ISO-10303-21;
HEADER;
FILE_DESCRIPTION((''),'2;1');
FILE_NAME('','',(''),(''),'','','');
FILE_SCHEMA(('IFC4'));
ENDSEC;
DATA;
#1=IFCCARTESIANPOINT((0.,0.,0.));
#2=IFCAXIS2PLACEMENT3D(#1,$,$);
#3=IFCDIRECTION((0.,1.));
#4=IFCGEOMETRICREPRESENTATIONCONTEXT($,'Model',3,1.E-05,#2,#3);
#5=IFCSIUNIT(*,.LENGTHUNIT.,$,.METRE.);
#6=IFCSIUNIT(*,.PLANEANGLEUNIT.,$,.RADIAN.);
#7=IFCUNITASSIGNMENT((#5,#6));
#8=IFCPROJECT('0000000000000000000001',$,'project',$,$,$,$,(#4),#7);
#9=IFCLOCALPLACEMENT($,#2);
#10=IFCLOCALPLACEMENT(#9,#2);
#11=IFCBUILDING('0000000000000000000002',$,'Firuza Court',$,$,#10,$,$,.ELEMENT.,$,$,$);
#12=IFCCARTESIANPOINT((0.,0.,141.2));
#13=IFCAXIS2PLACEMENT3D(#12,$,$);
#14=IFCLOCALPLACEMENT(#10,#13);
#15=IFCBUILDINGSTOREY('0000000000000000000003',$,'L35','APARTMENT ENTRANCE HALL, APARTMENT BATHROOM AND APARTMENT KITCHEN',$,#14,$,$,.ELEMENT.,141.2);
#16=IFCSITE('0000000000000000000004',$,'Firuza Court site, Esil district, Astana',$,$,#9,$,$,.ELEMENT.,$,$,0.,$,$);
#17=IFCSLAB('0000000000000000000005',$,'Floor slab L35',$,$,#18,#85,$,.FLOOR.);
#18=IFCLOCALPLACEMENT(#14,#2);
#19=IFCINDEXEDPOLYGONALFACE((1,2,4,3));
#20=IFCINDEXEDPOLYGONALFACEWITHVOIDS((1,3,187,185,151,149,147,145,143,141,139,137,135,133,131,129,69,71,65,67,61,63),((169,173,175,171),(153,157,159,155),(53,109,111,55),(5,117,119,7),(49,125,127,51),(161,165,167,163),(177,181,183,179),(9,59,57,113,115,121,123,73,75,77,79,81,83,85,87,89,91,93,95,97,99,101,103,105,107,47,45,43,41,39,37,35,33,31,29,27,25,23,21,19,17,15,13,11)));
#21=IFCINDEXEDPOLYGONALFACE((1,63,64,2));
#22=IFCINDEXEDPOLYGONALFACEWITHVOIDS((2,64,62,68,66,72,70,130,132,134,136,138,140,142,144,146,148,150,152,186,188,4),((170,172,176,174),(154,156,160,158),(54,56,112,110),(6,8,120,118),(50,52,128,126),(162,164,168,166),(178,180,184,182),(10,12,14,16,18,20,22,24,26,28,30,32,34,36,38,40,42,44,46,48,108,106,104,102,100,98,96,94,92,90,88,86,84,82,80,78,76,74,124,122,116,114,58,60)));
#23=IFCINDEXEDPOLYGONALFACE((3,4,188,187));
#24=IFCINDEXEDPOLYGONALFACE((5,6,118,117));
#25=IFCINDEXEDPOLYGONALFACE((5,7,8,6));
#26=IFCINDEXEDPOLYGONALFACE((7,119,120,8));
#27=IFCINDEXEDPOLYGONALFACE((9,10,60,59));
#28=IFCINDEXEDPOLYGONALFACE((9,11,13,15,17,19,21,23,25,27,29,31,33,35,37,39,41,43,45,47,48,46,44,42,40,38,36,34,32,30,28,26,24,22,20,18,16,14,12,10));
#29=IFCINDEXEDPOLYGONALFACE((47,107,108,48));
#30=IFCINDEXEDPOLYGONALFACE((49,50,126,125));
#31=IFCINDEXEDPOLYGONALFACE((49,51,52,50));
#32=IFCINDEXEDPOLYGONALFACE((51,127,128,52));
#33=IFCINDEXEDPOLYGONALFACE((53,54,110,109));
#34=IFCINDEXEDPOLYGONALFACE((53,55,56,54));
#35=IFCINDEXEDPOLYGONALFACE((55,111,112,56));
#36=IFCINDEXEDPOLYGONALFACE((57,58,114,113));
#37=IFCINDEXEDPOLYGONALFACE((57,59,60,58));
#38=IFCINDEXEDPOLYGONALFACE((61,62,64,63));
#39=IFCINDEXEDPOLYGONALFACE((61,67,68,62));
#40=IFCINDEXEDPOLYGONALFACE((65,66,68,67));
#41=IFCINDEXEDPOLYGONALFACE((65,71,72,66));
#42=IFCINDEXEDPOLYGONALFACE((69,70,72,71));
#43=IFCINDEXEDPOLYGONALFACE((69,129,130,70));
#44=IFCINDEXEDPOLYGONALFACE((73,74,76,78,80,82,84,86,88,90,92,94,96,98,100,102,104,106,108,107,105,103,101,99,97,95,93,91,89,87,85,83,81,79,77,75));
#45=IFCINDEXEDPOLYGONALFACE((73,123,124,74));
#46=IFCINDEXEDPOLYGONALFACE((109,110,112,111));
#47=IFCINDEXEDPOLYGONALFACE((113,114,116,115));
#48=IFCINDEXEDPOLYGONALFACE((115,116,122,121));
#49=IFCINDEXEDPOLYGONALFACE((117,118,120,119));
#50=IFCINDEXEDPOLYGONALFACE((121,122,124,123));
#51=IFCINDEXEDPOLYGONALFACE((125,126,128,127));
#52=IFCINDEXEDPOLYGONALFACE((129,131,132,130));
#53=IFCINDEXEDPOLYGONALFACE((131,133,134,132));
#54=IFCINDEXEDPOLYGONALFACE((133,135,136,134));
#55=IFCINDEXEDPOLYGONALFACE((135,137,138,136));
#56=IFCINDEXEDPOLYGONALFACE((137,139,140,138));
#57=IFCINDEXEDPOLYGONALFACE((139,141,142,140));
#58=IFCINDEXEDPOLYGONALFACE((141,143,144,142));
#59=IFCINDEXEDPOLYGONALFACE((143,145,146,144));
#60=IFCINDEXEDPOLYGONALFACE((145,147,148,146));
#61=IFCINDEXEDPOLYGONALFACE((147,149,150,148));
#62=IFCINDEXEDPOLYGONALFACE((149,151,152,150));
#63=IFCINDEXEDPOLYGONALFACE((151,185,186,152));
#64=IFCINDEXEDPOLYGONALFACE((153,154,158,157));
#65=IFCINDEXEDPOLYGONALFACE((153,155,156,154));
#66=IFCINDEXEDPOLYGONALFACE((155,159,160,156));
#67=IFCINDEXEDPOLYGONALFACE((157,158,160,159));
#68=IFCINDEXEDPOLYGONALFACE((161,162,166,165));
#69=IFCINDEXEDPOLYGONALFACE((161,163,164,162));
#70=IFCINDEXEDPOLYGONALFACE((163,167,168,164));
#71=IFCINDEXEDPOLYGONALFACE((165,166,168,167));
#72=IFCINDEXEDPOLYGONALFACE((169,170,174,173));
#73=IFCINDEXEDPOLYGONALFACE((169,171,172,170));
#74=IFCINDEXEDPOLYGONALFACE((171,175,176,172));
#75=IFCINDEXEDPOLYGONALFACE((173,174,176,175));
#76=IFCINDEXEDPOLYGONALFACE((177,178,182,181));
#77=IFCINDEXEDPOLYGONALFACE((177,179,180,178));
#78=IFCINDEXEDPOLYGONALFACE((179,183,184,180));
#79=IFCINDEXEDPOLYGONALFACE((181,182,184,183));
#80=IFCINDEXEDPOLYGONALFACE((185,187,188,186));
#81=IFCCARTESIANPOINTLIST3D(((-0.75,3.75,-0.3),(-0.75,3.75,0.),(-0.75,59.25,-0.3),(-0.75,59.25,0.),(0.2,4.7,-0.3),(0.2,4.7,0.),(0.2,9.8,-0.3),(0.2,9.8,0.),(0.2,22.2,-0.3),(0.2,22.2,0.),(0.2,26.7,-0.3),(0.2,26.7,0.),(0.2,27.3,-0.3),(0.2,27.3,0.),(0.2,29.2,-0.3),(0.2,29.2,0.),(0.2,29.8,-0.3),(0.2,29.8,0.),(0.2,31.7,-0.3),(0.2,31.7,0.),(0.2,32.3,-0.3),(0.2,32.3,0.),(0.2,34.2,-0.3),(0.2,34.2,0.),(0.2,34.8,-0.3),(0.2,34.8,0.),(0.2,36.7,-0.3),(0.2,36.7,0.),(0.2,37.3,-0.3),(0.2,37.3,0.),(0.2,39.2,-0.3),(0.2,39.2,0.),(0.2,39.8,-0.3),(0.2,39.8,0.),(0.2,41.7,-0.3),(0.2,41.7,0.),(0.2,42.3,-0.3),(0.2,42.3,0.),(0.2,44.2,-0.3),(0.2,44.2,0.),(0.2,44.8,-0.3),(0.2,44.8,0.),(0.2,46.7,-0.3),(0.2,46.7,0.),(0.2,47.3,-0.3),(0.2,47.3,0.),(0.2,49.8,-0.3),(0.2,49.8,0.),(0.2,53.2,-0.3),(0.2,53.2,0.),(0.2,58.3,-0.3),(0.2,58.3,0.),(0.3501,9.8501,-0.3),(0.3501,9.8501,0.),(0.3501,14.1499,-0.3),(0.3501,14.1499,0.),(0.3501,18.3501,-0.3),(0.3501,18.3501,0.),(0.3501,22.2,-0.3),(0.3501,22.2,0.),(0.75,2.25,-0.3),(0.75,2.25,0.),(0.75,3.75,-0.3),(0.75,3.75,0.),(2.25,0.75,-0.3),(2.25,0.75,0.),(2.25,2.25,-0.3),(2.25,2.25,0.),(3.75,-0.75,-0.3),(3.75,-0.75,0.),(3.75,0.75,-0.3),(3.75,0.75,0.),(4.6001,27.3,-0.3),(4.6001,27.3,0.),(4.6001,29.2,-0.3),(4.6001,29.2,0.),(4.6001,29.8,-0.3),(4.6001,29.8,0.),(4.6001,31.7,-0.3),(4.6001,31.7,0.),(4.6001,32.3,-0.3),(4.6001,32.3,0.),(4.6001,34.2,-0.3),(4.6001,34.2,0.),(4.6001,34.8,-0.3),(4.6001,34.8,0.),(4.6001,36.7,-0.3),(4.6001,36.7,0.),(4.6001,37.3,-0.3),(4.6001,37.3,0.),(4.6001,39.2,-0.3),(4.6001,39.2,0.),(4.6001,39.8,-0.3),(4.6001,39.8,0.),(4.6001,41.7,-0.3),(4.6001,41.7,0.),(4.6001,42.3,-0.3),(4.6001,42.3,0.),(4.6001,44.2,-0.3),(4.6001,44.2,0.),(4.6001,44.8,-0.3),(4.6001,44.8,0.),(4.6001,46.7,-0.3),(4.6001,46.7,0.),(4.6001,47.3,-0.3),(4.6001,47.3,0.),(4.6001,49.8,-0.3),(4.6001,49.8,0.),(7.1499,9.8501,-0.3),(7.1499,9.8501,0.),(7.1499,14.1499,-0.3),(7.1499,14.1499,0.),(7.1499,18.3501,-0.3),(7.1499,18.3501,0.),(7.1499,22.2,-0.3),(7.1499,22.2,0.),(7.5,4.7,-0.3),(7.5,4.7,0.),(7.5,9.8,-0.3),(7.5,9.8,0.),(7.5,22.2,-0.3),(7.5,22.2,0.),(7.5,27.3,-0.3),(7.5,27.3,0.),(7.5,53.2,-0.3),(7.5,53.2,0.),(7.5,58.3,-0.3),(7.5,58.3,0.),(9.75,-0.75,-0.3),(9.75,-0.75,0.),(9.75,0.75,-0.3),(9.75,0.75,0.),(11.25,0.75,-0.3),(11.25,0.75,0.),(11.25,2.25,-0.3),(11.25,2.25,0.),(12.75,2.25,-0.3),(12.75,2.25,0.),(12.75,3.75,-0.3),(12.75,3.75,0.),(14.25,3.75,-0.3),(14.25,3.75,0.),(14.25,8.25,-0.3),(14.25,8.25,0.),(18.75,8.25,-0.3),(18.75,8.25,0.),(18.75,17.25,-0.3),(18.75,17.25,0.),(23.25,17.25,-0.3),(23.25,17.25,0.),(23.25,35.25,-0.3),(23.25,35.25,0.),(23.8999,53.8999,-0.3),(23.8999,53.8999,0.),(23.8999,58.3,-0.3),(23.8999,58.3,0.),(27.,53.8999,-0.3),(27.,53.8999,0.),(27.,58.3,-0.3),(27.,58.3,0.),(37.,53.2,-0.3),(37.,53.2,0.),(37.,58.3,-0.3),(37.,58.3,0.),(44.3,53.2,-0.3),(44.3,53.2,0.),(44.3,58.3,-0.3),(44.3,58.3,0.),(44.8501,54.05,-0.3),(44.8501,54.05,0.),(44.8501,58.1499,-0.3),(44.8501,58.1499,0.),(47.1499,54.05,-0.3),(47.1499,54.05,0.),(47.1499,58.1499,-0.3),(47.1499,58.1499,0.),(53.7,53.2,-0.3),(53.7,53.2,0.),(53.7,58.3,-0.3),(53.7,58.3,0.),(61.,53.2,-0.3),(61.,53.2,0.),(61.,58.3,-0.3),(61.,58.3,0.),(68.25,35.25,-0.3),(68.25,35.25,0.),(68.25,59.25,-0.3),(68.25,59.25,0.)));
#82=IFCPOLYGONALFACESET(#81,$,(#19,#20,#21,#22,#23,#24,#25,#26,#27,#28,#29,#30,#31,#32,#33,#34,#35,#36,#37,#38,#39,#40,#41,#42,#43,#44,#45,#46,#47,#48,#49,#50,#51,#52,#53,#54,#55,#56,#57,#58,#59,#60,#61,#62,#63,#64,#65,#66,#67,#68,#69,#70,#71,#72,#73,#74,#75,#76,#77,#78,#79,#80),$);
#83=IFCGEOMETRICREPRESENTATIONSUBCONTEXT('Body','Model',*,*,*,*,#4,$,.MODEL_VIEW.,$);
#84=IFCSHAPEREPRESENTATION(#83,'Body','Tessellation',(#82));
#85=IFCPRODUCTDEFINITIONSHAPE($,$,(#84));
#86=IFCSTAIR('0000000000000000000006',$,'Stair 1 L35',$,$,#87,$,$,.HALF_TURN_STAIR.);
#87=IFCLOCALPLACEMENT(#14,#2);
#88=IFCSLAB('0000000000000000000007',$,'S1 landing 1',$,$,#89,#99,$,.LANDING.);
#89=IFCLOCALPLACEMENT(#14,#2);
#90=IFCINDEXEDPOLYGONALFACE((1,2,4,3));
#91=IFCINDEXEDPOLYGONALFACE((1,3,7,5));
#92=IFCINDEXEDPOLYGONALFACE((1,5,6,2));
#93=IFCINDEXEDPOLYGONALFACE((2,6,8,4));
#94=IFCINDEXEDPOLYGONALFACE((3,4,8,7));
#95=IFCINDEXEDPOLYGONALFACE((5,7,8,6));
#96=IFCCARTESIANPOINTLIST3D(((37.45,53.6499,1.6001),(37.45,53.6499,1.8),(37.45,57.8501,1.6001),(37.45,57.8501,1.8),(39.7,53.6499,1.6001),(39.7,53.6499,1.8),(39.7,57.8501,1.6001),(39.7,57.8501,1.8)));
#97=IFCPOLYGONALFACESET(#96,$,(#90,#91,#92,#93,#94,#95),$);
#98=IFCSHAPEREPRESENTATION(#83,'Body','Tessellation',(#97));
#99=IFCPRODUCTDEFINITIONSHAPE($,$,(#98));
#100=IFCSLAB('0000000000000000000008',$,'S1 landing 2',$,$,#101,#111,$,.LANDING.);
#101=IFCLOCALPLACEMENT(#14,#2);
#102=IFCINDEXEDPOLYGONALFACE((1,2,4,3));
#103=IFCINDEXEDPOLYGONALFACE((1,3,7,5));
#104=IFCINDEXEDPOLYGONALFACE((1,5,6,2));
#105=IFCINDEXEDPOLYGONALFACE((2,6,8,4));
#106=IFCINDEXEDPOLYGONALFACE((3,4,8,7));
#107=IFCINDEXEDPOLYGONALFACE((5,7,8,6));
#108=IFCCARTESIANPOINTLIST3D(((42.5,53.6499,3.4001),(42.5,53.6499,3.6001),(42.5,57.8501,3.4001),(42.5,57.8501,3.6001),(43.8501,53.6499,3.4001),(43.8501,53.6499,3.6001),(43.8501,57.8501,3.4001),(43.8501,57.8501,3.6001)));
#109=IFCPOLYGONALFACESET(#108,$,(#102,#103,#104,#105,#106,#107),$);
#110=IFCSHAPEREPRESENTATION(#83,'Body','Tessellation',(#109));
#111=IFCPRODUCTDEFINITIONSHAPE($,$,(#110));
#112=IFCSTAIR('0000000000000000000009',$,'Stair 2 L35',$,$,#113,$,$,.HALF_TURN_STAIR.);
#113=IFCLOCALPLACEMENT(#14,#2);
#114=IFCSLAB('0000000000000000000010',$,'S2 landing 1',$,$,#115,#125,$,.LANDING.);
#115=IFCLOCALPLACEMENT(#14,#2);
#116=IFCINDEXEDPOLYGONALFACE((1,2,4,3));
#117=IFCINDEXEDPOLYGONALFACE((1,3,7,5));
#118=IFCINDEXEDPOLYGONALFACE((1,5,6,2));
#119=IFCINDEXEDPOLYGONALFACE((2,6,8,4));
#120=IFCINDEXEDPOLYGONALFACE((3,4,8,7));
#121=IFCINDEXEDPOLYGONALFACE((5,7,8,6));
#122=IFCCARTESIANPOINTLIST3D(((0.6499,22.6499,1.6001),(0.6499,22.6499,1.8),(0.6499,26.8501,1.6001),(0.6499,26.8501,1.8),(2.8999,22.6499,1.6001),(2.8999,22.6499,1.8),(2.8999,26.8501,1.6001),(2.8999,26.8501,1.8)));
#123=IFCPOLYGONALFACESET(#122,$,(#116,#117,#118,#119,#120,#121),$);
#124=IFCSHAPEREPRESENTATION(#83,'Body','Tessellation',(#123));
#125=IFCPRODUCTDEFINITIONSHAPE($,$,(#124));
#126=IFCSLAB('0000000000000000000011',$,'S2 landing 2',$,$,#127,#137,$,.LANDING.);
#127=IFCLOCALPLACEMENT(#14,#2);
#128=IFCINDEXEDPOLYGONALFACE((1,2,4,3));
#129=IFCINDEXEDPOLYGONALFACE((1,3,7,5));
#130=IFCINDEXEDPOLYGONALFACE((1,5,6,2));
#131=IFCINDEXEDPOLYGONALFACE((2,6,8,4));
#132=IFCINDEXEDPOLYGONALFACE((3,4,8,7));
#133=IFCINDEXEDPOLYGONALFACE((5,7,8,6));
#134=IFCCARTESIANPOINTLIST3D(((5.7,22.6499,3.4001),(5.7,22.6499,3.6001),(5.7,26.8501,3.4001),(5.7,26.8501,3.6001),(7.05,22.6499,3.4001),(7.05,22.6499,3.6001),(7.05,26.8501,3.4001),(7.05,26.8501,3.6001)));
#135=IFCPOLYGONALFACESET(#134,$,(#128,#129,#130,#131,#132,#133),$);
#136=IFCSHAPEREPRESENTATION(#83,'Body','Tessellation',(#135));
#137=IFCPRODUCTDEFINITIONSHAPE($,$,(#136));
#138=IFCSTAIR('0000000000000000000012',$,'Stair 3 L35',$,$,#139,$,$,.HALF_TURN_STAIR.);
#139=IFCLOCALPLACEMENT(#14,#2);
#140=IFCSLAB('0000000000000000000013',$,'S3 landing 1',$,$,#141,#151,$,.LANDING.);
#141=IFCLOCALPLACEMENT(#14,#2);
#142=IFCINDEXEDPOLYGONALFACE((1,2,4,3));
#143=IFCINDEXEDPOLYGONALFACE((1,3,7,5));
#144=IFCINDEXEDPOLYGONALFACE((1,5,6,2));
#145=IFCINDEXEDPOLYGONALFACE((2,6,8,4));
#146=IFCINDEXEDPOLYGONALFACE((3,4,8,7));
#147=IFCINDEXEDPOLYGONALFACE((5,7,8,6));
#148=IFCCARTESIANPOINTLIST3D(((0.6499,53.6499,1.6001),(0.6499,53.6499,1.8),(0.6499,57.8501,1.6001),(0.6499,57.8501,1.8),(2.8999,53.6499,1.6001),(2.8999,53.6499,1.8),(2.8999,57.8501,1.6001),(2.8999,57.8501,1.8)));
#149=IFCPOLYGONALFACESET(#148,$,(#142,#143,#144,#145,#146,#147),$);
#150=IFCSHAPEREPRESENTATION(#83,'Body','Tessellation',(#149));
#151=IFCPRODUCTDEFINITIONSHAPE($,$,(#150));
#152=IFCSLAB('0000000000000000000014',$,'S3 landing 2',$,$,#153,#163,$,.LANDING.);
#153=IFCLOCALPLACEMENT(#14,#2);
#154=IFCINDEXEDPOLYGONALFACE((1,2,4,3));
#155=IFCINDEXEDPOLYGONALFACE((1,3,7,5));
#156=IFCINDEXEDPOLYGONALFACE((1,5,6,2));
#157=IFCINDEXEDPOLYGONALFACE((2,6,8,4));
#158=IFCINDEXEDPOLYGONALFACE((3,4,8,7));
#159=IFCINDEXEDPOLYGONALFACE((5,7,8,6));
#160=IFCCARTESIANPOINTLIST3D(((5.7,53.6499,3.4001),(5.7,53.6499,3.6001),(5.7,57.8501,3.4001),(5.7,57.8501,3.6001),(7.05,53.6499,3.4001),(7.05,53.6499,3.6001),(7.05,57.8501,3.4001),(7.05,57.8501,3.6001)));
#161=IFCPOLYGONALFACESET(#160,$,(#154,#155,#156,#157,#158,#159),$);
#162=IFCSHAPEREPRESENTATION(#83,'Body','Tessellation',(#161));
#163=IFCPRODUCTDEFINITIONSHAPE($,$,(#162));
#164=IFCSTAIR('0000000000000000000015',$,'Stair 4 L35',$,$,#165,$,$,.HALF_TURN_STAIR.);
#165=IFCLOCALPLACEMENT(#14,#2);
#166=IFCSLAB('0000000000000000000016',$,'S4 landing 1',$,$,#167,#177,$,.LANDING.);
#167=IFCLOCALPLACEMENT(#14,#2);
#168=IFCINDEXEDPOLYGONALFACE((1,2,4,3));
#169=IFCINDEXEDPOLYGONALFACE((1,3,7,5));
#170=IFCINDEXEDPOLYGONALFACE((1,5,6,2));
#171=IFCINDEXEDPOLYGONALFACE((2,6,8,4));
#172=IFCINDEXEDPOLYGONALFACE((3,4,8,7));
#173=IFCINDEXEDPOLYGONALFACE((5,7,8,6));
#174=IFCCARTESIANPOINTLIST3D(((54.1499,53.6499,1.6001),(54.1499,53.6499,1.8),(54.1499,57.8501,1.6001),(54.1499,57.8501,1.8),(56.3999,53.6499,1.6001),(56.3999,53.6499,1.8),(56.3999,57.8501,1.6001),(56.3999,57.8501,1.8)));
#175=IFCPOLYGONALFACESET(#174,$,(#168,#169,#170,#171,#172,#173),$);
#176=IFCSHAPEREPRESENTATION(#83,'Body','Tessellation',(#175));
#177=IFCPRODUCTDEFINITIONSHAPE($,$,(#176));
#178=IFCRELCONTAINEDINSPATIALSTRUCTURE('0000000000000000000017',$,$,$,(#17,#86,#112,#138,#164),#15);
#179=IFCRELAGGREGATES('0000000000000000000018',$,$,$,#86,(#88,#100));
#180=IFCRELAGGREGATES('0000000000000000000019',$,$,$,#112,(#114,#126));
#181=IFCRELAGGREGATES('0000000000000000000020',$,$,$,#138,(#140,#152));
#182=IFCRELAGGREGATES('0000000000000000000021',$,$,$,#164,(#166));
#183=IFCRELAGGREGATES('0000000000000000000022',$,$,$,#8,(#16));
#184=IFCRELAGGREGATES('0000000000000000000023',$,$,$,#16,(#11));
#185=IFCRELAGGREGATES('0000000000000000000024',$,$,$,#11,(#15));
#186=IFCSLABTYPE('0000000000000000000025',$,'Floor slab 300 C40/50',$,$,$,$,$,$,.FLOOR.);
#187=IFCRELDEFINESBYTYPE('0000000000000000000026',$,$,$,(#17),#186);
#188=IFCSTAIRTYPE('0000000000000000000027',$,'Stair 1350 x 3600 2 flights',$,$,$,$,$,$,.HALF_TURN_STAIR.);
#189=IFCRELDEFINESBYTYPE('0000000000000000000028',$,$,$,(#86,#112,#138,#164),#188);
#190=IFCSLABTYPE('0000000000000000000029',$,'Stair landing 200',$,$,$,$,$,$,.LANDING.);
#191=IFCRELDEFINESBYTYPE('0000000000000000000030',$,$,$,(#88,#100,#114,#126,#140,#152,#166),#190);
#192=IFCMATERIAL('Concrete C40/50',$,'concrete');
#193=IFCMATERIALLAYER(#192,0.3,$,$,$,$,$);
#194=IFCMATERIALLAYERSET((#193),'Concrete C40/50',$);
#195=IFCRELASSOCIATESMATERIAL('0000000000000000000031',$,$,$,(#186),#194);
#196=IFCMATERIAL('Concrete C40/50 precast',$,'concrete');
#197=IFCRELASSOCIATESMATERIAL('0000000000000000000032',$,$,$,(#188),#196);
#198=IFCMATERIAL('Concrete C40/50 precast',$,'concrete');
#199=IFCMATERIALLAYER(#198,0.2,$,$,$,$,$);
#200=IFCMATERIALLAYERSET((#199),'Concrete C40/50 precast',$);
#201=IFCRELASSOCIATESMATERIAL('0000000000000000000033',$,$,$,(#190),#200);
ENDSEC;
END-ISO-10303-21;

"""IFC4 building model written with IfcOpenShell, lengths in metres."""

from ifc_helpers import new_model, si_unit, direction, frame, origin, place, context, subcontext, project, spatial, polyline, outline, extrude, material, layer, layer_set, type_object, element, aggregate, save


model = new_model("IFC4")

# Units and contexts
model_context = context("Model", 3, precision=1e-05, world=origin(), true_north=direction((0.0, 1.0)))
body_context = subcontext(model_context, "Body", "Model", "MODEL_VIEW")
ifc_project = project(units=[si_unit("LENGTHUNIT", "METRE"), si_unit("PLANEANGLEUNIT", "RADIAN")], contexts=[model_context])

# Site, building, storey
site_placement = place(None, origin())
site = spatial("IfcSite", under=ifc_project, at=site_placement, Name="Firuza Court site, Esil district, Astana", CompositionType="ELEMENT", RefElevation=0.0)
building_placement = place(site_placement, origin())
building = spatial("IfcBuilding", under=site, at=building_placement, Name="Firuza Court", CompositionType="ELEMENT")
storey_placement = place(building_placement, frame((0.0, 0.0, 141.2)))
storey = spatial("IfcBuildingStorey", under=building, at=storey_placement, Name="L35", Description="APARTMENT ENTRANCE HALL, APARTMENT BATHROOM AND APARTMENT KITCHEN", CompositionType="ELEMENT", Elevation=141.2)

# Slab
ifc_material_1 = material(Name="Concrete C40/50", Category="concrete")
ifc_layer_1 = layer(ifc_material_1, 0.3)
ifc_layer_set_1 = layer_set([ifc_layer_1], Name="Concrete C40/50")
slab_type_1 = type_object("IfcSlabType", Name="Floor slab 300 C40/50", PredefinedType="FLOOR", material=ifc_layer_set_1)
slab_1_placement = place(storey_placement, frame((0.0, 0.0, -0.3)))
element("IfcSlab", 1, at=slab_1_placement, inside=storey, type_object=slab_type_1, Name="Floor slab L35", PredefinedType="FLOOR", context=body_context, shape_type="SweptSolid", body=[
    extrude(outline(polyline([(3.75, -0.75), (3.75, 0.75), (2.25, 0.75), (2.25, 2.25), (0.75, 2.25), (0.75, 3.75), (-0.75, 3.75), (-0.75, 59.25), (68.25, 59.25), (68.25, 35.25), (23.25, 35.25), (23.25, 17.25), (18.75, 17.25), (18.75, 8.25), (14.25, 8.25), (14.25, 3.75), (12.75, 3.75), (12.75, 2.25), (11.25, 2.25), (11.25, 0.75), (9.75, 0.75), (9.75, -0.75), (3.75, -0.75)]), holes=[polyline([(0.2, 29.8), (0.2, 29.2), (0.2, 27.3), (0.2, 26.7), (0.2, 22.2), (0.3501, 22.2), (0.3501, 18.3501), (7.1499, 18.3501), (7.1499, 22.2), (7.5, 22.2), (7.5, 27.3), (4.6001, 27.3), (4.6001, 29.2), (4.6001, 29.8), (4.6001, 31.7), (4.6001, 32.3), (4.6001, 34.2), (4.6001, 34.8), (4.6001, 36.7), (4.6001, 37.3), (4.6001, 39.2), (4.6001, 39.8), (4.6001, 41.7), (4.6001, 42.3), (4.6001, 44.2), (4.6001, 44.8), (4.6001, 46.7), (4.6001, 47.3), (4.6001, 49.8), (0.2, 49.8), (0.2, 47.3), (0.2, 46.7), (0.2, 44.8), (0.2, 44.2), (0.2, 42.3), (0.2, 41.7), (0.2, 39.8), (0.2, 39.2), (0.2, 37.3), (0.2, 36.7), (0.2, 34.8), (0.2, 34.2), (0.2, 32.3), (0.2, 31.7), (0.2, 29.8)]), polyline([(7.5, 9.8), (0.2, 9.8), (0.2, 4.7), (7.5, 4.7), (7.5, 9.8)]), polyline([(7.1499, 14.1499), (0.3501, 14.1499), (0.3501, 9.8501), (7.1499, 9.8501), (7.1499, 14.1499)]), polyline([(7.5, 58.3), (0.2, 58.3), (0.2, 53.2), (7.5, 53.2), (7.5, 58.3)]), polyline([(44.3, 58.3), (37.0, 58.3), (37.0, 53.2), (44.3, 53.2), (44.3, 58.3)]), polyline([(61.0, 58.3), (53.7, 58.3), (53.7, 53.2), (61.0, 53.2), (61.0, 58.3)]), polyline([(27.0, 53.8999), (27.0, 58.3), (23.8999, 58.3), (23.8999, 53.8999), (27.0, 53.8999)]), polyline([(47.1499, 54.05), (47.1499, 58.1499), (44.8501, 58.1499), (44.8501, 54.05), (47.1499, 54.05)])]), origin(), (0.0, 0.0, 1.0), 0.3),
])

# Stairs, slabs
ifc_material_2 = material(Name="Concrete C40/50 precast", Category="concrete")
stair_type = type_object("IfcStairType", Name="Stair 1350 x 3600 2 flights", PredefinedType="HALF_TURN_STAIR", material=ifc_material_2)
stair_1_placement = place(storey_placement, origin())
stair_1 = element("IfcStair", 2, at=stair_1_placement, inside=storey, type_object=stair_type, Name="Stair 1 L35", PredefinedType="HALF_TURN_STAIR")
ifc_material_3 = material(Name="Concrete C40/50 precast", Category="concrete")
ifc_layer_2 = layer(ifc_material_3, 0.2)
ifc_layer_set_2 = layer_set([ifc_layer_2], Name="Concrete C40/50 precast")
slab_type_2 = type_object("IfcSlabType", Name="Stair landing 200", PredefinedType="LANDING", material=ifc_layer_set_2)
slab_2_placement = place(storey_placement, frame((0.0, 0.0, 1.6001)))
slab_2 = element("IfcSlab", 3, at=slab_2_placement, type_object=slab_type_2, Name="S1 landing 1", PredefinedType="LANDING", context=body_context, shape_type="SweptSolid", body=[
    extrude(outline(polyline([(39.7, 53.6499), (39.7, 57.8501), (37.45, 57.8501), (37.45, 53.6499), (39.7, 53.6499)])), origin(), (0.0, 0.0, 1.0), 0.2),
])
slab_3_placement = place(storey_placement, frame((0.0, 0.0, 3.4001)))
slab_3 = element("IfcSlab", 4, at=slab_3_placement, type_object=slab_type_2, Name="S1 landing 2", PredefinedType="LANDING", context=body_context, shape_type="SweptSolid", body=[
    extrude(outline(polyline([(43.8501, 53.6499), (43.8501, 57.8501), (42.5, 57.8501), (42.5, 53.6499), (43.8501, 53.6499)])), origin(), (0.0, 0.0, 1.0), 0.2),
])
aggregate(stair_1, [slab_2, slab_3])
stair_2_placement = place(storey_placement, origin())
stair_2 = element("IfcStair", 5, at=stair_2_placement, inside=storey, type_object=stair_type, Name="Stair 2 L35", PredefinedType="HALF_TURN_STAIR")
slab_4_placement = place(storey_placement, frame((0.0, 0.0, 1.6001)))
slab_4 = element("IfcSlab", 6, at=slab_4_placement, type_object=slab_type_2, Name="S2 landing 1", PredefinedType="LANDING", context=body_context, shape_type="SweptSolid", body=[
    extrude(outline(polyline([(2.8999, 22.6499), (2.8999, 26.8501), (0.6499, 26.8501), (0.6499, 22.6499), (2.8999, 22.6499)])), origin(), (0.0, 0.0, 1.0), 0.2),
])
slab_5_placement = place(storey_placement, frame((0.0, 0.0, 3.4001)))
slab_5 = element("IfcSlab", 7, at=slab_5_placement, type_object=slab_type_2, Name="S2 landing 2", PredefinedType="LANDING", context=body_context, shape_type="SweptSolid", body=[
    extrude(outline(polyline([(7.05, 22.6499), (7.05, 26.8501), (5.7, 26.8501), (5.7, 22.6499), (7.05, 22.6499)])), origin(), (0.0, 0.0, 1.0), 0.2),
])
aggregate(stair_2, [slab_4, slab_5])
stair_3_placement = place(storey_placement, origin())
stair_3 = element("IfcStair", 8, at=stair_3_placement, inside=storey, type_object=stair_type, Name="Stair 3 L35", PredefinedType="HALF_TURN_STAIR")
slab_6_placement = place(storey_placement, frame((0.0, 0.0, 1.6001)))
slab_6 = element("IfcSlab", 9, at=slab_6_placement, type_object=slab_type_2, Name="S3 landing 1", PredefinedType="LANDING", context=body_context, shape_type="SweptSolid", body=[
    extrude(outline(polyline([(2.8999, 53.6499), (2.8999, 57.8501), (0.6499, 57.8501), (0.6499, 53.6499), (2.8999, 53.6499)])), origin(), (0.0, 0.0, 1.0), 0.2),
])
slab_7_placement = place(storey_placement, frame((0.0, 0.0, 3.4001)))
slab_7 = element("IfcSlab", 10, at=slab_7_placement, type_object=slab_type_2, Name="S3 landing 2", PredefinedType="LANDING", context=body_context, shape_type="SweptSolid", body=[
    extrude(outline(polyline([(7.05, 53.6499), (7.05, 57.8501), (5.7, 57.8501), (5.7, 53.6499), (7.05, 53.6499)])), origin(), (0.0, 0.0, 1.0), 0.2),
])
aggregate(stair_3, [slab_6, slab_7])
stair_4_placement = place(storey_placement, origin())
stair_4 = element("IfcStair", 11, at=stair_4_placement, inside=storey, type_object=stair_type, Name="Stair 4 L35", PredefinedType="HALF_TURN_STAIR")
slab_8_placement = place(storey_placement, frame((0.0, 0.0, 1.6001)))
slab_8 = element("IfcSlab", 12, at=slab_8_placement, type_object=slab_type_2, Name="S4 landing 1", PredefinedType="LANDING", context=body_context, shape_type="SweptSolid", body=[
    extrude(outline(polyline([(56.3999, 53.6499), (56.3999, 57.8501), (54.1499, 57.8501), (54.1499, 53.6499), (56.3999, 53.6499)])), origin(), (0.0, 0.0, 1.0), 0.2),
])
aggregate(stair_4, [slab_8])

save(model, "model.ifc")
